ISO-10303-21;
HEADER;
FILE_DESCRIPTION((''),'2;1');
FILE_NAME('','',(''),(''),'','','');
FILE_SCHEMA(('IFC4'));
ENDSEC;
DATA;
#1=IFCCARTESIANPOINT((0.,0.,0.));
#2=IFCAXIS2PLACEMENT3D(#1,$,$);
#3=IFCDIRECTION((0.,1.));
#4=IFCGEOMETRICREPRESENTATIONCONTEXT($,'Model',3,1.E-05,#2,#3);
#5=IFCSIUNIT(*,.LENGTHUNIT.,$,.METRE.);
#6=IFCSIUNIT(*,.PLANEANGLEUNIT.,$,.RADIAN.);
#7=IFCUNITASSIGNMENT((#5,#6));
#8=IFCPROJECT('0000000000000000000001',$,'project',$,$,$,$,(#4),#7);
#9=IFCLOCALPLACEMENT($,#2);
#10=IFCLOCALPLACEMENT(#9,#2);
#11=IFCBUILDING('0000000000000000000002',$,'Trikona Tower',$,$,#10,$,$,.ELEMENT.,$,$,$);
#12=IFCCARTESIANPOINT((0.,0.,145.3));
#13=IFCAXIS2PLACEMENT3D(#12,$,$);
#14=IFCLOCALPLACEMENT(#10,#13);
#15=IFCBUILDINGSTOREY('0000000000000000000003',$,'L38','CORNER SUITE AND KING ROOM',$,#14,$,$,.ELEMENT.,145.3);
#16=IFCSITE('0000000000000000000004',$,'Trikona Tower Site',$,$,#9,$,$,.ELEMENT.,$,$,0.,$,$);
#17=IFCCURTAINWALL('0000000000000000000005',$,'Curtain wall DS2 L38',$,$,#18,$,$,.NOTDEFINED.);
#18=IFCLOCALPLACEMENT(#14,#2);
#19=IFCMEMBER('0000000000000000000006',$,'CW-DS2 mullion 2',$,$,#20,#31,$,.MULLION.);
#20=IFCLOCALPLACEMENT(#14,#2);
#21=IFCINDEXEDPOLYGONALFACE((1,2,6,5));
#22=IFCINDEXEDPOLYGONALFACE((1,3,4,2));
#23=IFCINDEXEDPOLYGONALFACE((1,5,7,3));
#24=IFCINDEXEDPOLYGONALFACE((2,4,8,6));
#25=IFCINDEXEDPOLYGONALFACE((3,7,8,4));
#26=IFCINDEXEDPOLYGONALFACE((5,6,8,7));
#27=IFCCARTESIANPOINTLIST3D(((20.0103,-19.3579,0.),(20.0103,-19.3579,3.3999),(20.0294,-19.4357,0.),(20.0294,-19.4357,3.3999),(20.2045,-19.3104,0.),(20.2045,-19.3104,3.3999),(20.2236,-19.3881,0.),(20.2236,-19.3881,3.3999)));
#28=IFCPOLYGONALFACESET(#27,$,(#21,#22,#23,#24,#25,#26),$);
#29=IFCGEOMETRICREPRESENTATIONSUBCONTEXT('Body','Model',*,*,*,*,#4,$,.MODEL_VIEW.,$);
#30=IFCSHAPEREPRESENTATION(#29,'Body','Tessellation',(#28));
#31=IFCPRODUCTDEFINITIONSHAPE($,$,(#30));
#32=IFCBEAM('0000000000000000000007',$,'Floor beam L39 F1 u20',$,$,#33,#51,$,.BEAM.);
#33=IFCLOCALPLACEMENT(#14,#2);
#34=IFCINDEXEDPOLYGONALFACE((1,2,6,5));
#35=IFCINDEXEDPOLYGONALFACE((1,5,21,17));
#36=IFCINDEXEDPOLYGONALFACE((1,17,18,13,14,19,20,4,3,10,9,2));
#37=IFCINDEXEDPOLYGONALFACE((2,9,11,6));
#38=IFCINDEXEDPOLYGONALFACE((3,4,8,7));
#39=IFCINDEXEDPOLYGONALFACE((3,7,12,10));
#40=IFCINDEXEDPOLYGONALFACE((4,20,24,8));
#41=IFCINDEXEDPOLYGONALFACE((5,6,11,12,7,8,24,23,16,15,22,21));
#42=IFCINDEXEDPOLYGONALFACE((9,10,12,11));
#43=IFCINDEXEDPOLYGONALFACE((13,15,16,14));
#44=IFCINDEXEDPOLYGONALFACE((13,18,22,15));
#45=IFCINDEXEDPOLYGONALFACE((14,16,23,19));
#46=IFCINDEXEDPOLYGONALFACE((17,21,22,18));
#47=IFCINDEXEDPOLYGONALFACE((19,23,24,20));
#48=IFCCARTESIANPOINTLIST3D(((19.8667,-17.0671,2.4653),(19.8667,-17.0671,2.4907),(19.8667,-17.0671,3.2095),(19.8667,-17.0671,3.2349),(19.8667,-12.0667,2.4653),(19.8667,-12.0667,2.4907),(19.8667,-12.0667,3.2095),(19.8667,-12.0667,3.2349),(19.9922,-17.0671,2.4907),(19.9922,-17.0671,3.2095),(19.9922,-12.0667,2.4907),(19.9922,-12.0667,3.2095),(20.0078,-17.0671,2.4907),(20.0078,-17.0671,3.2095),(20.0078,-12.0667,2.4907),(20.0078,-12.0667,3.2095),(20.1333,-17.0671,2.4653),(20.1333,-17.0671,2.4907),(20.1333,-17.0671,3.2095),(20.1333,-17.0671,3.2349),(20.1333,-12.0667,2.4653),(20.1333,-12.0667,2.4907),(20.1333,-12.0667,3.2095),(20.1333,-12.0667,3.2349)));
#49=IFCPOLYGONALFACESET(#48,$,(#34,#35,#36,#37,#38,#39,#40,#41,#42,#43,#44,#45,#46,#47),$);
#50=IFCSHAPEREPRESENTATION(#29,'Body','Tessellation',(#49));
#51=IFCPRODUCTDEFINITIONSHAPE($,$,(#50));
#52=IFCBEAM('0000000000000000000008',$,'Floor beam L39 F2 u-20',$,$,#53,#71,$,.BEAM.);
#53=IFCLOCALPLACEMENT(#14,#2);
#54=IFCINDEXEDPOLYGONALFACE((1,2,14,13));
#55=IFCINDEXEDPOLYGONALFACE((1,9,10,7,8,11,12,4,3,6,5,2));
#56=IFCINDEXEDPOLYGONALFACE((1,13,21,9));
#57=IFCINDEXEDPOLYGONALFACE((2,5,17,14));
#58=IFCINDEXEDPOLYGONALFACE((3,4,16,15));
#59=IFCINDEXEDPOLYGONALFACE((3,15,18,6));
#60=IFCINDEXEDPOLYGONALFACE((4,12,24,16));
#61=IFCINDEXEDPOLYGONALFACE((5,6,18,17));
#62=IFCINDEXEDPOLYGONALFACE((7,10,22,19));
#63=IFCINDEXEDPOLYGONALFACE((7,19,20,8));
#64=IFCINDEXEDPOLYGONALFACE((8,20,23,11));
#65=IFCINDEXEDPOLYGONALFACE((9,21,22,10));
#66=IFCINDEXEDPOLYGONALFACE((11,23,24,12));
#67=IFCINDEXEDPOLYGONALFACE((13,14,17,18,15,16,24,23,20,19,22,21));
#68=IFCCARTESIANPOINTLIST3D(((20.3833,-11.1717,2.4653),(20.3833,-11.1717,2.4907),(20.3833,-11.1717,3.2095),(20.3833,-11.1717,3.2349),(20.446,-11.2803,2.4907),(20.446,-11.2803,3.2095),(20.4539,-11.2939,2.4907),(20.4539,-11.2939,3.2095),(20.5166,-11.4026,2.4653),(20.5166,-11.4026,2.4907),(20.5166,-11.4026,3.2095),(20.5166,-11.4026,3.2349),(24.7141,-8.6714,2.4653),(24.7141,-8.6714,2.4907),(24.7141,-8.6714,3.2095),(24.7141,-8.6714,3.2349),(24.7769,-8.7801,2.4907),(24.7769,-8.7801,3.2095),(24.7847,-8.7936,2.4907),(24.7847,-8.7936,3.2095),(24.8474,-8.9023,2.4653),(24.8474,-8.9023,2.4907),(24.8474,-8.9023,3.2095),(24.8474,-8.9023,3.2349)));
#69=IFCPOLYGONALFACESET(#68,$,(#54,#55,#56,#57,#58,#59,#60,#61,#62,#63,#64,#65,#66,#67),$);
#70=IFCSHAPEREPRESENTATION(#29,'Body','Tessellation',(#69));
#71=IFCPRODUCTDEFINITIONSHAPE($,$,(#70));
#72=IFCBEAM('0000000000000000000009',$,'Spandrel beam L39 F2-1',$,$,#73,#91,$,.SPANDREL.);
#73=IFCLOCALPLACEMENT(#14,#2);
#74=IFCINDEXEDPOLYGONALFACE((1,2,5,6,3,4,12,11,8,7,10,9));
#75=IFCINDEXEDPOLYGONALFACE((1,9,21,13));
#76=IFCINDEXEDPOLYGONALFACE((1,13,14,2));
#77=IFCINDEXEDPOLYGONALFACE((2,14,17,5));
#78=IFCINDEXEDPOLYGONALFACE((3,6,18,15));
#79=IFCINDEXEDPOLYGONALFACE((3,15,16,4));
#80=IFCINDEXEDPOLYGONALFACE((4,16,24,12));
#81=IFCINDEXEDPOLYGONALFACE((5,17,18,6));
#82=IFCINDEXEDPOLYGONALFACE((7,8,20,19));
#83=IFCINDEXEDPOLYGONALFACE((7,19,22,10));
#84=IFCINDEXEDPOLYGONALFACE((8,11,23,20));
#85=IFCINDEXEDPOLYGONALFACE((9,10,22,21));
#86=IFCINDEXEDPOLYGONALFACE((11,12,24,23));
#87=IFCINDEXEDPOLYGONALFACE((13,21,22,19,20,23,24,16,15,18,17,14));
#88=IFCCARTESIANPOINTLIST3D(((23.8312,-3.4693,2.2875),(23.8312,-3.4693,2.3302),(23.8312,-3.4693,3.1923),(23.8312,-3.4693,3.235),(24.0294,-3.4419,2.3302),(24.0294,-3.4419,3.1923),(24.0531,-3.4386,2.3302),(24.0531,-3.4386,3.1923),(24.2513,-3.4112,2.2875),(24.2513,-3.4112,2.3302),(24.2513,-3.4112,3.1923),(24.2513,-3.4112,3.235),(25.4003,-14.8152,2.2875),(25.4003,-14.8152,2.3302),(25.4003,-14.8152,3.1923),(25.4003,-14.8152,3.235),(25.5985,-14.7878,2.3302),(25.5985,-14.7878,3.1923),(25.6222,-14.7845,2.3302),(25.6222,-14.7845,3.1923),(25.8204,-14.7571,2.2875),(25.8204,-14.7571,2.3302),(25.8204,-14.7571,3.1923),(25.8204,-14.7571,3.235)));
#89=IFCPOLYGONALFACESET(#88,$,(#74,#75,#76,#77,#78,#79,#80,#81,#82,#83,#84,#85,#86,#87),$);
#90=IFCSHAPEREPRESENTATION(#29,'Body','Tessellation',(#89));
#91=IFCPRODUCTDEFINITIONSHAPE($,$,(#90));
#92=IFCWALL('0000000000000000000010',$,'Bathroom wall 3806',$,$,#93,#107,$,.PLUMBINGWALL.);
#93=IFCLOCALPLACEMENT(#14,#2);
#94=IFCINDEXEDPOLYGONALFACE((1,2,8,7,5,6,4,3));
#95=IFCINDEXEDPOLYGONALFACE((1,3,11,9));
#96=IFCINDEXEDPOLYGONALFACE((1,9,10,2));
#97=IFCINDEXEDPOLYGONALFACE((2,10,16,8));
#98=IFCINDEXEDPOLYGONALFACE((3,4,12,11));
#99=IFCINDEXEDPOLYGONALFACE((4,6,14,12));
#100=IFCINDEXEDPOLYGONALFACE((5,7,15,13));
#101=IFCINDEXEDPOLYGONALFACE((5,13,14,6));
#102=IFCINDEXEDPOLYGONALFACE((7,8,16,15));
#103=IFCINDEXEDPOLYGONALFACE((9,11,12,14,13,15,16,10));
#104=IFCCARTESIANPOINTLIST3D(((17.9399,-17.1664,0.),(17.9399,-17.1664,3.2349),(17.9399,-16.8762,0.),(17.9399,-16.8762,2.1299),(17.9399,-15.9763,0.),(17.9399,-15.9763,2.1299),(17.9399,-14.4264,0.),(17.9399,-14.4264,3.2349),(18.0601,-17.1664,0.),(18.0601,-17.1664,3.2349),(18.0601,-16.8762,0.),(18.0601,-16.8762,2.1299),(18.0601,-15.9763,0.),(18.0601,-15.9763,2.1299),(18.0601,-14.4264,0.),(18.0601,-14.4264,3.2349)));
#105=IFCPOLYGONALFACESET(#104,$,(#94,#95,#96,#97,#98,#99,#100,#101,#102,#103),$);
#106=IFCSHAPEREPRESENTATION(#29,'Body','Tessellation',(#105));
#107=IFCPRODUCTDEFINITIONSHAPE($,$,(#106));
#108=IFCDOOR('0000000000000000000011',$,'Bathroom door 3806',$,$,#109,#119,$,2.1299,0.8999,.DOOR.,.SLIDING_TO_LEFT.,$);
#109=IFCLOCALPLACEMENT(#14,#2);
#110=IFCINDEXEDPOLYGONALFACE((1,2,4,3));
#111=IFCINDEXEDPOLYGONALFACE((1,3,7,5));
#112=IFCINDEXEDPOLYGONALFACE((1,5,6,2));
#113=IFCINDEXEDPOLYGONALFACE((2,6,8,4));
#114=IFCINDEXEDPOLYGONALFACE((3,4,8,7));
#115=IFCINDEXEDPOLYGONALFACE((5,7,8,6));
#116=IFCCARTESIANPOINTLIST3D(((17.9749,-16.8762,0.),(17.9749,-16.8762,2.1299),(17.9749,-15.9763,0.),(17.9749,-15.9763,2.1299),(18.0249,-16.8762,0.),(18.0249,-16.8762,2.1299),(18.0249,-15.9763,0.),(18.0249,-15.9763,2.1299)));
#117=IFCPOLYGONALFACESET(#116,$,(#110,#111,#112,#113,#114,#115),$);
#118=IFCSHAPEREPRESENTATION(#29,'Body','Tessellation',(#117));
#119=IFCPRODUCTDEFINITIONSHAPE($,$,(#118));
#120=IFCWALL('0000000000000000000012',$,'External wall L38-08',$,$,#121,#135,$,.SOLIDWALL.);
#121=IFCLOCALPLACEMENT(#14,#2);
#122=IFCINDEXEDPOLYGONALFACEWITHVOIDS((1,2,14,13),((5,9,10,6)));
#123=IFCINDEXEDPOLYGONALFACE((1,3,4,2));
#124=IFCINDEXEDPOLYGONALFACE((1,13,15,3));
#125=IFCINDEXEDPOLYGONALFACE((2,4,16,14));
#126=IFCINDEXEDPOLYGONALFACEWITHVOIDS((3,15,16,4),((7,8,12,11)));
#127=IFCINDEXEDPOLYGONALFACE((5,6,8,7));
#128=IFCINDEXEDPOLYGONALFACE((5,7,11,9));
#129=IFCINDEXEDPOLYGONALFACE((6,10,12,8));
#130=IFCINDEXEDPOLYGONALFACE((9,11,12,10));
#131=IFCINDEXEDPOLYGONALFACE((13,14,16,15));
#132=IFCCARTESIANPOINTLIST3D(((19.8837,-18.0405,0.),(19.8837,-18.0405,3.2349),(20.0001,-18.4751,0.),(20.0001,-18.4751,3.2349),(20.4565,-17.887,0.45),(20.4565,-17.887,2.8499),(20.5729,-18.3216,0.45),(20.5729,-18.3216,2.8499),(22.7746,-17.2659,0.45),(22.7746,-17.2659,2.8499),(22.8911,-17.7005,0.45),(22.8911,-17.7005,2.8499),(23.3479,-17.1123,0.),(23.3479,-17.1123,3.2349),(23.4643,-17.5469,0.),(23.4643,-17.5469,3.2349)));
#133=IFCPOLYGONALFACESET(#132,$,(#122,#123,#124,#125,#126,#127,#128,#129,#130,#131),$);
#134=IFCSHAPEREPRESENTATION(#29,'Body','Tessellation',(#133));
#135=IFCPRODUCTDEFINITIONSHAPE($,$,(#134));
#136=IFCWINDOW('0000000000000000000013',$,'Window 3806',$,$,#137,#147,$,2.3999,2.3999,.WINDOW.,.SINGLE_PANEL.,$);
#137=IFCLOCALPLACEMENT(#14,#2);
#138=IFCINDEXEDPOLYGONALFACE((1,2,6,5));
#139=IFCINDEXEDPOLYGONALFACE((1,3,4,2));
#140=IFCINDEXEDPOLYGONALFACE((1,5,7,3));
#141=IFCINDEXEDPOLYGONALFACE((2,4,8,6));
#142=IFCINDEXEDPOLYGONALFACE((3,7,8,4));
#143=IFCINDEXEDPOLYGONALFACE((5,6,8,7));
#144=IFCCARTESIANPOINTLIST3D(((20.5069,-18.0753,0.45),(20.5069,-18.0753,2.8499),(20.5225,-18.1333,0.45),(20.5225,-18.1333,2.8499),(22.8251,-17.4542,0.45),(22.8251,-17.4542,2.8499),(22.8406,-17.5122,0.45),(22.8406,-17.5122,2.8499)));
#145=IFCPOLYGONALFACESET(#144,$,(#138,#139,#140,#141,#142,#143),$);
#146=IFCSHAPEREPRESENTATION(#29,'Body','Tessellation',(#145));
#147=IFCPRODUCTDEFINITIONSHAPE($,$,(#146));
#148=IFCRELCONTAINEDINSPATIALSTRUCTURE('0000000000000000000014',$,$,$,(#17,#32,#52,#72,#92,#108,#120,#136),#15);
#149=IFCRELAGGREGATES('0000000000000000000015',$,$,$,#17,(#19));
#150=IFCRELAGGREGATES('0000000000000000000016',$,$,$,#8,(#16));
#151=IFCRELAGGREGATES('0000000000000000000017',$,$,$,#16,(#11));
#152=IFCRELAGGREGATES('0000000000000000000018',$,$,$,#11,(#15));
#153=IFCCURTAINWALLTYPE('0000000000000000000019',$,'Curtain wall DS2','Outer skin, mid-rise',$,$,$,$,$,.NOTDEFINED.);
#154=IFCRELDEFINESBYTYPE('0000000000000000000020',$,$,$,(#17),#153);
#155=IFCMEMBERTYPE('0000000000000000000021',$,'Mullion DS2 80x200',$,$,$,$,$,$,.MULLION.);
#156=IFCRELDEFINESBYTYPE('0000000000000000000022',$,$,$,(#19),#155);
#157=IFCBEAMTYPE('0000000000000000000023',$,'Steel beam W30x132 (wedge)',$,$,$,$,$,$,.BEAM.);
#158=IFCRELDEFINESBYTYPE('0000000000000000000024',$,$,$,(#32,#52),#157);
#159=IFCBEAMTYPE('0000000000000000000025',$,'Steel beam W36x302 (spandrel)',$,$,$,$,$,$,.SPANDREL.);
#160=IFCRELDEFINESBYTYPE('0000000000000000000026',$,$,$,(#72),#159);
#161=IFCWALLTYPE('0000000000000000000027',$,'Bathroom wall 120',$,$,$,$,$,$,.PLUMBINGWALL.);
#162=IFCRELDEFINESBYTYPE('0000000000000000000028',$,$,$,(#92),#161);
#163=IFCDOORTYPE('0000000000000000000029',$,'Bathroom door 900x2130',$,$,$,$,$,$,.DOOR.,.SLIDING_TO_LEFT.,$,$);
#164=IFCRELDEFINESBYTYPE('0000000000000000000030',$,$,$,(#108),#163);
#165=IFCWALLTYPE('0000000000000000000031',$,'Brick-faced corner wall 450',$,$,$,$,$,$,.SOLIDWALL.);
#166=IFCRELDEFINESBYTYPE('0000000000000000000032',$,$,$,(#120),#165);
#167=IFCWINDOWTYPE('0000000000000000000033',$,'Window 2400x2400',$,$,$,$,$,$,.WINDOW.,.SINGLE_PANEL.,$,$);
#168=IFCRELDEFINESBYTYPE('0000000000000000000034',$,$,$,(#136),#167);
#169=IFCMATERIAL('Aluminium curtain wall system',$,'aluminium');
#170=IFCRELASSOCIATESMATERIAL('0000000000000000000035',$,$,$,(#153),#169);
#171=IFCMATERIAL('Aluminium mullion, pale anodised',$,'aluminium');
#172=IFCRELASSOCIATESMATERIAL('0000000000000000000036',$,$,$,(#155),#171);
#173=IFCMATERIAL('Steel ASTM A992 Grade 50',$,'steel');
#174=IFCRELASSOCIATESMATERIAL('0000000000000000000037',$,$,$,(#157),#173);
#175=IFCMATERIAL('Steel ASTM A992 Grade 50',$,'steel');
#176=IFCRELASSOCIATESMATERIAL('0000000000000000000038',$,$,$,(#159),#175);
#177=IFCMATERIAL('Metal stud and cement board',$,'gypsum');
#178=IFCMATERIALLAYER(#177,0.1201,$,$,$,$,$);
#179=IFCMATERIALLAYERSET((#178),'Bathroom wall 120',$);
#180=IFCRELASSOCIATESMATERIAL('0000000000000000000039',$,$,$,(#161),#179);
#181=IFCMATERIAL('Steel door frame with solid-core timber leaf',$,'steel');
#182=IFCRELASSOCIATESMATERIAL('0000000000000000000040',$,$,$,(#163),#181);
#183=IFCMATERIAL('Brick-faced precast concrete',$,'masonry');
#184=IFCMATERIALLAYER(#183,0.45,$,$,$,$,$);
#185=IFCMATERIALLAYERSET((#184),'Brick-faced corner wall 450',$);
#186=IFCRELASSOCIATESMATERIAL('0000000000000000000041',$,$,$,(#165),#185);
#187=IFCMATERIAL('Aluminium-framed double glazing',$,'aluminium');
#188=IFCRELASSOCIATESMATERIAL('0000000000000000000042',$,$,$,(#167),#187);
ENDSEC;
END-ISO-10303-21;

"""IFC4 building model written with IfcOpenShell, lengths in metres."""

from ifc_helpers import new_model, si_unit, direction, frame, frame_2d, origin, origin_2d, place, context, subcontext, project, spatial, rectangle, i_section, extrude, material, layer, layer_set, material_profile, profile_set, type_object, element, fill, aggregate, save


model = new_model("IFC4")

# Units and contexts
model_context = context("Model", 3, precision=1e-05, world=origin(), true_north=direction((0.0, 1.0)))
body_context = subcontext(model_context, "Body", "Model", "MODEL_VIEW")
ifc_project = project(units=[si_unit("LENGTHUNIT", "METRE"), si_unit("PLANEANGLEUNIT", "RADIAN")], contexts=[model_context])

# Site, building, storey
site_placement = place(None, origin())
site = spatial("IfcSite", under=ifc_project, at=site_placement, Name="Trikona Tower Site", CompositionType="ELEMENT", RefElevation=0.0)
building_placement = place(site_placement, origin())
building = spatial("IfcBuilding", under=site, at=building_placement, Name="Trikona Tower", CompositionType="ELEMENT")
storey_placement = place(building_placement, frame((0.0, 0.0, 145.3)))
storey = spatial("IfcBuildingStorey", under=building, at=storey_placement, Name="L38", Description="CORNER SUITE AND KING ROOM", CompositionType="ELEMENT", Elevation=145.3)

# Curtain wall, member
ifc_material_1 = material(Name="Aluminium curtain wall system", Category="aluminium")
curtain_wall_type = type_object("IfcCurtainWallType", Name="Curtain wall DS2", Description="Outer skin, mid-rise", PredefinedType="NOTDEFINED", material=ifc_material_1)
curtain_wall_placement = place(storey_placement, origin())
curtain_wall = element("IfcCurtainWall", 1, at=curtain_wall_placement, inside=storey, type_object=curtain_wall_type, Name="Curtain wall DS2 L38", PredefinedType="NOTDEFINED")
ifc_material_2 = material(Name="Aluminium mullion, pale anodised", Category="aluminium")
ifc_material_profile_1 = material_profile(ifc_material_2, rectangle(XDim=0.0801, YDim=0.2, at=origin_2d()), Name="MUL-DS2")
ifc_profile_set_1 = profile_set([ifc_material_profile_1], Name="Aluminium mullion, pale anodised")
member_type = type_object("IfcMemberType", Name="Mullion DS2 80x200", PredefinedType="MULLION", material=ifc_profile_set_1)
member_placement = place(storey_placement, frame((20.1169, -19.373, 0.0), z_axis=(0.0, 0.0, 1.0), x_axis=(-0.23797, 0.971272, 0.0)))
member = element("IfcMember", 2, at=member_placement, type_object=member_type, Name="CW-DS2 mullion 2", PredefinedType="MULLION", context=body_context, shape_type="SweptSolid", body=[
    extrude(rectangle(XDim=0.0801, YDim=0.2, at=origin_2d()), origin(), (0.0, 0.0, 1.0), 3.3999),
])
aggregate(curtain_wall, [member])

# Beams
ifc_material_3 = material(Name="Steel ASTM A992 Grade 50", Category="steel")
ifc_material_profile_2 = material_profile(ifc_material_3, i_section(OverallWidth=0.2666, OverallDepth=0.7695, WebThickness=0.0156, FlangeThickness=0.0254, at=origin_2d()), Name="W30X132")
ifc_profile_set_2 = profile_set([ifc_material_profile_2], Name="Steel ASTM A992 Grade 50")
beam_type_1 = type_object("IfcBeamType", Name="Steel beam W30x132 (wedge)", PredefinedType="BEAM", material=ifc_profile_set_2)
beam_1_placement = place(storey_placement, frame((20.0, -12.0667, 2.8501), z_axis=(0.0, -1.0, 0.0), x_axis=(1.0, 0.0, 0.0)))
element("IfcBeam", 3, at=beam_1_placement, inside=storey, type_object=beam_type_1, Name="Floor beam L39 F1 u20", PredefinedType="BEAM", context=body_context, shape_type="SweptSolid", body=[
    extrude(i_section(OverallWidth=0.2666, OverallDepth=0.7695, WebThickness=0.0156, FlangeThickness=0.0254, at=origin_2d()), origin(), (0.0, 0.0, 1.0), 5.0005),
])
beam_2_placement = place(storey_placement, frame((20.45, -11.2871, 2.8501), z_axis=(0.866038, 0.499977, 0.0), x_axis=(-0.499977, 0.866038, 0.0)))
element("IfcBeam", 4, at=beam_2_placement, inside=storey, type_object=beam_type_1, Name="Floor beam L39 F2 u-20", PredefinedType="BEAM", context=body_context, shape_type="SweptSolid", body=[
    extrude(i_section(OverallWidth=0.2666, OverallDepth=0.7695, WebThickness=0.0156, FlangeThickness=0.0254, at=origin_2d()), origin(), (0.0, 0.0, 1.0), 5.0007),
])
ifc_material_4 = material(Name="Steel ASTM A992 Grade 50", Category="steel")
ifc_material_profile_3 = material_profile(ifc_material_4, i_section(OverallWidth=0.4241, OverallDepth=0.9475, WebThickness=0.0239, FlangeThickness=0.0427, at=origin_2d()), Name="W36X302")
ifc_profile_set_3 = profile_set([ifc_material_profile_3], Name="Steel ASTM A992 Grade 50")
beam_type_2 = type_object("IfcBeamType", Name="Steel beam W36x302 (spandrel)", PredefinedType="SPANDREL", material=ifc_profile_set_3)
beam_3_placement = place(storey_placement, frame((25.6104, -14.7861, 2.7612), z_axis=(-0.136992, 0.990572, 0.0), x_axis=(-0.990572, -0.136992, 0.0)))
element("IfcBeam", 5, at=beam_3_placement, inside=storey, type_object=beam_type_2, Name="Spandrel beam L39 F2-1", PredefinedType="SPANDREL", context=body_context, shape_type="SweptSolid", body=[
    extrude(i_section(OverallWidth=0.4241, OverallDepth=0.9475, WebThickness=0.0239, FlangeThickness=0.0427, at=origin_2d()), origin(), (0.0, 0.0, 1.0), 11.4539),
])

# Wall, opening, door
ifc_material_5 = material(Name="Metal stud and cement board", Category="gypsum")
ifc_layer_1 = layer(ifc_material_5, 0.1201)
ifc_layer_set_1 = layer_set([ifc_layer_1], Name="Bathroom wall 120")
wall_type_1 = type_object("IfcWallType", Name="Bathroom wall 120", PredefinedType="PLUMBINGWALL", material=ifc_layer_set_1)
wall_1_placement = place(storey_placement, frame((18.0, -14.4263, 0.0), z_axis=(0.0, 0.0, 1.0), x_axis=(0.0, -1.0, 0.0)))
wall_1 = element("IfcWall", 6, at=wall_1_placement, inside=storey, type_object=wall_type_1, Name="Bathroom wall 3806", PredefinedType="PLUMBINGWALL", context=body_context, shape_type="SweptSolid", body=[
    extrude(rectangle(XDim=2.74, YDim=0.1201, at=frame_2d((1.3701, 0.0))), origin(), (0.0, 0.0, 1.0), 3.2349),
])
opening_1_placement = place(wall_1_placement, frame((1.55, 0.0, 0.0)))
opening_1 = element("IfcOpeningElement", 7, at=opening_1_placement, cuts=wall_1, PredefinedType="OPENING", context=body_context, shape_type="SweptSolid", body=[
    extrude(rectangle(XDim=0.8999, YDim=2.1299, at=frame_2d((0.45, 1.0649))), frame((0.0, 0.0701, 0.0), z_axis=(0.0, -1.0, 0.0), x_axis=(1.0, 0.0, 0.0)), (0.0, 0.0, 1.0), 0.1401),
])
ifc_material_6 = material(Name="Steel door frame with solid-core timber leaf", Category="steel")
door_type_1 = type_object("IfcDoorType", Name="Bathroom door 900x2130", OperationType="SLIDING_TO_LEFT", PredefinedType="DOOR", material=ifc_material_6)
door_1_placement = place(opening_1_placement, origin())
door_1 = element("IfcDoor", 8, at=door_1_placement, inside=storey, type_object=door_type_1, Name="Bathroom door 3806", OperationType="SLIDING_TO_LEFT", OverallHeight=2.1299, OverallWidth=0.8999, PredefinedType="DOOR", context=body_context, shape_type="SweptSolid", body=[
    extrude(rectangle(XDim=0.8999, YDim=2.1299, at=frame_2d((0.45, 1.0649))), frame((0.0, 0.0249, 0.0), z_axis=(0.0, -1.0, 0.0), x_axis=(1.0, 0.0, 0.0)), (0.0, 0.0, 1.0), 0.05),
])
fill(opening_1, door_1)

# Wall, opening, window
ifc_material_7 = material(Name="Brick-faced precast concrete", Category="masonry")
ifc_layer_2 = layer(ifc_material_7, 0.45)
ifc_layer_set_2 = layer_set([ifc_layer_2], Name="Brick-faced corner wall 450")
wall_type_2 = type_object("IfcWallType", Name="Brick-faced corner wall 450", PredefinedType="SOLIDWALL", material=ifc_layer_set_2)
wall_2_placement = place(storey_placement, frame((19.9419, -18.2578, 0.0), z_axis=(0.0, 0.0, 1.0), x_axis=(0.965925, 0.258823, 0.0)))
wall_2 = element("IfcWall", 9, at=wall_2_placement, inside=storey, type_object=wall_type_2, Name="External wall L38-08", PredefinedType="SOLIDWALL", context=body_context, shape_type="SweptSolid", body=[
    extrude(rectangle(XDim=3.5864, YDim=0.45, at=frame_2d((1.7932, 0.0))), origin(), (0.0, 0.0, 1.0), 3.2349),
])
opening_2_placement = place(wall_2_placement, frame((0.593, 0.0, 0.45)))
opening_2 = element("IfcOpeningElement", 10, at=opening_2_placement, cuts=wall_2, PredefinedType="OPENING", context=body_context, shape_type="SweptSolid", body=[
    extrude(rectangle(XDim=2.3999, YDim=2.3999, at=frame_2d((1.2, 1.2))), frame((0.0, 0.2349, 0.0), z_axis=(0.0, -1.0, 0.0), x_axis=(1.0, 0.0, 0.0)), (0.0, 0.0, 1.0), 0.47),
])
ifc_material_8 = material(Name="Aluminium-framed double glazing", Category="aluminium")
window_type_1 = type_object("IfcWindowType", Name="Window 2400x2400", PartitioningType="SINGLE_PANEL", PredefinedType="WINDOW", material=ifc_material_8)
window_1_placement = place(opening_2_placement, origin())
window_1 = element("IfcWindow", 11, at=window_1_placement, inside=storey, type_object=window_type_1, Name="Window 3806", OverallHeight=2.3999, OverallWidth=2.3999, PartitioningType="SINGLE_PANEL", PredefinedType="WINDOW", context=body_context, shape_type="SweptSolid", body=[
    extrude(rectangle(XDim=2.3999, YDim=2.3999, at=frame_2d((1.2, 1.2))), frame((0.0, 0.03, 0.0), z_axis=(0.0, -1.0, 0.0), x_axis=(1.0, 0.0, 0.0)), (0.0, 0.0, 1.0), 0.0601),
])
fill(opening_2, window_1)

save(model, "model.ifc")
